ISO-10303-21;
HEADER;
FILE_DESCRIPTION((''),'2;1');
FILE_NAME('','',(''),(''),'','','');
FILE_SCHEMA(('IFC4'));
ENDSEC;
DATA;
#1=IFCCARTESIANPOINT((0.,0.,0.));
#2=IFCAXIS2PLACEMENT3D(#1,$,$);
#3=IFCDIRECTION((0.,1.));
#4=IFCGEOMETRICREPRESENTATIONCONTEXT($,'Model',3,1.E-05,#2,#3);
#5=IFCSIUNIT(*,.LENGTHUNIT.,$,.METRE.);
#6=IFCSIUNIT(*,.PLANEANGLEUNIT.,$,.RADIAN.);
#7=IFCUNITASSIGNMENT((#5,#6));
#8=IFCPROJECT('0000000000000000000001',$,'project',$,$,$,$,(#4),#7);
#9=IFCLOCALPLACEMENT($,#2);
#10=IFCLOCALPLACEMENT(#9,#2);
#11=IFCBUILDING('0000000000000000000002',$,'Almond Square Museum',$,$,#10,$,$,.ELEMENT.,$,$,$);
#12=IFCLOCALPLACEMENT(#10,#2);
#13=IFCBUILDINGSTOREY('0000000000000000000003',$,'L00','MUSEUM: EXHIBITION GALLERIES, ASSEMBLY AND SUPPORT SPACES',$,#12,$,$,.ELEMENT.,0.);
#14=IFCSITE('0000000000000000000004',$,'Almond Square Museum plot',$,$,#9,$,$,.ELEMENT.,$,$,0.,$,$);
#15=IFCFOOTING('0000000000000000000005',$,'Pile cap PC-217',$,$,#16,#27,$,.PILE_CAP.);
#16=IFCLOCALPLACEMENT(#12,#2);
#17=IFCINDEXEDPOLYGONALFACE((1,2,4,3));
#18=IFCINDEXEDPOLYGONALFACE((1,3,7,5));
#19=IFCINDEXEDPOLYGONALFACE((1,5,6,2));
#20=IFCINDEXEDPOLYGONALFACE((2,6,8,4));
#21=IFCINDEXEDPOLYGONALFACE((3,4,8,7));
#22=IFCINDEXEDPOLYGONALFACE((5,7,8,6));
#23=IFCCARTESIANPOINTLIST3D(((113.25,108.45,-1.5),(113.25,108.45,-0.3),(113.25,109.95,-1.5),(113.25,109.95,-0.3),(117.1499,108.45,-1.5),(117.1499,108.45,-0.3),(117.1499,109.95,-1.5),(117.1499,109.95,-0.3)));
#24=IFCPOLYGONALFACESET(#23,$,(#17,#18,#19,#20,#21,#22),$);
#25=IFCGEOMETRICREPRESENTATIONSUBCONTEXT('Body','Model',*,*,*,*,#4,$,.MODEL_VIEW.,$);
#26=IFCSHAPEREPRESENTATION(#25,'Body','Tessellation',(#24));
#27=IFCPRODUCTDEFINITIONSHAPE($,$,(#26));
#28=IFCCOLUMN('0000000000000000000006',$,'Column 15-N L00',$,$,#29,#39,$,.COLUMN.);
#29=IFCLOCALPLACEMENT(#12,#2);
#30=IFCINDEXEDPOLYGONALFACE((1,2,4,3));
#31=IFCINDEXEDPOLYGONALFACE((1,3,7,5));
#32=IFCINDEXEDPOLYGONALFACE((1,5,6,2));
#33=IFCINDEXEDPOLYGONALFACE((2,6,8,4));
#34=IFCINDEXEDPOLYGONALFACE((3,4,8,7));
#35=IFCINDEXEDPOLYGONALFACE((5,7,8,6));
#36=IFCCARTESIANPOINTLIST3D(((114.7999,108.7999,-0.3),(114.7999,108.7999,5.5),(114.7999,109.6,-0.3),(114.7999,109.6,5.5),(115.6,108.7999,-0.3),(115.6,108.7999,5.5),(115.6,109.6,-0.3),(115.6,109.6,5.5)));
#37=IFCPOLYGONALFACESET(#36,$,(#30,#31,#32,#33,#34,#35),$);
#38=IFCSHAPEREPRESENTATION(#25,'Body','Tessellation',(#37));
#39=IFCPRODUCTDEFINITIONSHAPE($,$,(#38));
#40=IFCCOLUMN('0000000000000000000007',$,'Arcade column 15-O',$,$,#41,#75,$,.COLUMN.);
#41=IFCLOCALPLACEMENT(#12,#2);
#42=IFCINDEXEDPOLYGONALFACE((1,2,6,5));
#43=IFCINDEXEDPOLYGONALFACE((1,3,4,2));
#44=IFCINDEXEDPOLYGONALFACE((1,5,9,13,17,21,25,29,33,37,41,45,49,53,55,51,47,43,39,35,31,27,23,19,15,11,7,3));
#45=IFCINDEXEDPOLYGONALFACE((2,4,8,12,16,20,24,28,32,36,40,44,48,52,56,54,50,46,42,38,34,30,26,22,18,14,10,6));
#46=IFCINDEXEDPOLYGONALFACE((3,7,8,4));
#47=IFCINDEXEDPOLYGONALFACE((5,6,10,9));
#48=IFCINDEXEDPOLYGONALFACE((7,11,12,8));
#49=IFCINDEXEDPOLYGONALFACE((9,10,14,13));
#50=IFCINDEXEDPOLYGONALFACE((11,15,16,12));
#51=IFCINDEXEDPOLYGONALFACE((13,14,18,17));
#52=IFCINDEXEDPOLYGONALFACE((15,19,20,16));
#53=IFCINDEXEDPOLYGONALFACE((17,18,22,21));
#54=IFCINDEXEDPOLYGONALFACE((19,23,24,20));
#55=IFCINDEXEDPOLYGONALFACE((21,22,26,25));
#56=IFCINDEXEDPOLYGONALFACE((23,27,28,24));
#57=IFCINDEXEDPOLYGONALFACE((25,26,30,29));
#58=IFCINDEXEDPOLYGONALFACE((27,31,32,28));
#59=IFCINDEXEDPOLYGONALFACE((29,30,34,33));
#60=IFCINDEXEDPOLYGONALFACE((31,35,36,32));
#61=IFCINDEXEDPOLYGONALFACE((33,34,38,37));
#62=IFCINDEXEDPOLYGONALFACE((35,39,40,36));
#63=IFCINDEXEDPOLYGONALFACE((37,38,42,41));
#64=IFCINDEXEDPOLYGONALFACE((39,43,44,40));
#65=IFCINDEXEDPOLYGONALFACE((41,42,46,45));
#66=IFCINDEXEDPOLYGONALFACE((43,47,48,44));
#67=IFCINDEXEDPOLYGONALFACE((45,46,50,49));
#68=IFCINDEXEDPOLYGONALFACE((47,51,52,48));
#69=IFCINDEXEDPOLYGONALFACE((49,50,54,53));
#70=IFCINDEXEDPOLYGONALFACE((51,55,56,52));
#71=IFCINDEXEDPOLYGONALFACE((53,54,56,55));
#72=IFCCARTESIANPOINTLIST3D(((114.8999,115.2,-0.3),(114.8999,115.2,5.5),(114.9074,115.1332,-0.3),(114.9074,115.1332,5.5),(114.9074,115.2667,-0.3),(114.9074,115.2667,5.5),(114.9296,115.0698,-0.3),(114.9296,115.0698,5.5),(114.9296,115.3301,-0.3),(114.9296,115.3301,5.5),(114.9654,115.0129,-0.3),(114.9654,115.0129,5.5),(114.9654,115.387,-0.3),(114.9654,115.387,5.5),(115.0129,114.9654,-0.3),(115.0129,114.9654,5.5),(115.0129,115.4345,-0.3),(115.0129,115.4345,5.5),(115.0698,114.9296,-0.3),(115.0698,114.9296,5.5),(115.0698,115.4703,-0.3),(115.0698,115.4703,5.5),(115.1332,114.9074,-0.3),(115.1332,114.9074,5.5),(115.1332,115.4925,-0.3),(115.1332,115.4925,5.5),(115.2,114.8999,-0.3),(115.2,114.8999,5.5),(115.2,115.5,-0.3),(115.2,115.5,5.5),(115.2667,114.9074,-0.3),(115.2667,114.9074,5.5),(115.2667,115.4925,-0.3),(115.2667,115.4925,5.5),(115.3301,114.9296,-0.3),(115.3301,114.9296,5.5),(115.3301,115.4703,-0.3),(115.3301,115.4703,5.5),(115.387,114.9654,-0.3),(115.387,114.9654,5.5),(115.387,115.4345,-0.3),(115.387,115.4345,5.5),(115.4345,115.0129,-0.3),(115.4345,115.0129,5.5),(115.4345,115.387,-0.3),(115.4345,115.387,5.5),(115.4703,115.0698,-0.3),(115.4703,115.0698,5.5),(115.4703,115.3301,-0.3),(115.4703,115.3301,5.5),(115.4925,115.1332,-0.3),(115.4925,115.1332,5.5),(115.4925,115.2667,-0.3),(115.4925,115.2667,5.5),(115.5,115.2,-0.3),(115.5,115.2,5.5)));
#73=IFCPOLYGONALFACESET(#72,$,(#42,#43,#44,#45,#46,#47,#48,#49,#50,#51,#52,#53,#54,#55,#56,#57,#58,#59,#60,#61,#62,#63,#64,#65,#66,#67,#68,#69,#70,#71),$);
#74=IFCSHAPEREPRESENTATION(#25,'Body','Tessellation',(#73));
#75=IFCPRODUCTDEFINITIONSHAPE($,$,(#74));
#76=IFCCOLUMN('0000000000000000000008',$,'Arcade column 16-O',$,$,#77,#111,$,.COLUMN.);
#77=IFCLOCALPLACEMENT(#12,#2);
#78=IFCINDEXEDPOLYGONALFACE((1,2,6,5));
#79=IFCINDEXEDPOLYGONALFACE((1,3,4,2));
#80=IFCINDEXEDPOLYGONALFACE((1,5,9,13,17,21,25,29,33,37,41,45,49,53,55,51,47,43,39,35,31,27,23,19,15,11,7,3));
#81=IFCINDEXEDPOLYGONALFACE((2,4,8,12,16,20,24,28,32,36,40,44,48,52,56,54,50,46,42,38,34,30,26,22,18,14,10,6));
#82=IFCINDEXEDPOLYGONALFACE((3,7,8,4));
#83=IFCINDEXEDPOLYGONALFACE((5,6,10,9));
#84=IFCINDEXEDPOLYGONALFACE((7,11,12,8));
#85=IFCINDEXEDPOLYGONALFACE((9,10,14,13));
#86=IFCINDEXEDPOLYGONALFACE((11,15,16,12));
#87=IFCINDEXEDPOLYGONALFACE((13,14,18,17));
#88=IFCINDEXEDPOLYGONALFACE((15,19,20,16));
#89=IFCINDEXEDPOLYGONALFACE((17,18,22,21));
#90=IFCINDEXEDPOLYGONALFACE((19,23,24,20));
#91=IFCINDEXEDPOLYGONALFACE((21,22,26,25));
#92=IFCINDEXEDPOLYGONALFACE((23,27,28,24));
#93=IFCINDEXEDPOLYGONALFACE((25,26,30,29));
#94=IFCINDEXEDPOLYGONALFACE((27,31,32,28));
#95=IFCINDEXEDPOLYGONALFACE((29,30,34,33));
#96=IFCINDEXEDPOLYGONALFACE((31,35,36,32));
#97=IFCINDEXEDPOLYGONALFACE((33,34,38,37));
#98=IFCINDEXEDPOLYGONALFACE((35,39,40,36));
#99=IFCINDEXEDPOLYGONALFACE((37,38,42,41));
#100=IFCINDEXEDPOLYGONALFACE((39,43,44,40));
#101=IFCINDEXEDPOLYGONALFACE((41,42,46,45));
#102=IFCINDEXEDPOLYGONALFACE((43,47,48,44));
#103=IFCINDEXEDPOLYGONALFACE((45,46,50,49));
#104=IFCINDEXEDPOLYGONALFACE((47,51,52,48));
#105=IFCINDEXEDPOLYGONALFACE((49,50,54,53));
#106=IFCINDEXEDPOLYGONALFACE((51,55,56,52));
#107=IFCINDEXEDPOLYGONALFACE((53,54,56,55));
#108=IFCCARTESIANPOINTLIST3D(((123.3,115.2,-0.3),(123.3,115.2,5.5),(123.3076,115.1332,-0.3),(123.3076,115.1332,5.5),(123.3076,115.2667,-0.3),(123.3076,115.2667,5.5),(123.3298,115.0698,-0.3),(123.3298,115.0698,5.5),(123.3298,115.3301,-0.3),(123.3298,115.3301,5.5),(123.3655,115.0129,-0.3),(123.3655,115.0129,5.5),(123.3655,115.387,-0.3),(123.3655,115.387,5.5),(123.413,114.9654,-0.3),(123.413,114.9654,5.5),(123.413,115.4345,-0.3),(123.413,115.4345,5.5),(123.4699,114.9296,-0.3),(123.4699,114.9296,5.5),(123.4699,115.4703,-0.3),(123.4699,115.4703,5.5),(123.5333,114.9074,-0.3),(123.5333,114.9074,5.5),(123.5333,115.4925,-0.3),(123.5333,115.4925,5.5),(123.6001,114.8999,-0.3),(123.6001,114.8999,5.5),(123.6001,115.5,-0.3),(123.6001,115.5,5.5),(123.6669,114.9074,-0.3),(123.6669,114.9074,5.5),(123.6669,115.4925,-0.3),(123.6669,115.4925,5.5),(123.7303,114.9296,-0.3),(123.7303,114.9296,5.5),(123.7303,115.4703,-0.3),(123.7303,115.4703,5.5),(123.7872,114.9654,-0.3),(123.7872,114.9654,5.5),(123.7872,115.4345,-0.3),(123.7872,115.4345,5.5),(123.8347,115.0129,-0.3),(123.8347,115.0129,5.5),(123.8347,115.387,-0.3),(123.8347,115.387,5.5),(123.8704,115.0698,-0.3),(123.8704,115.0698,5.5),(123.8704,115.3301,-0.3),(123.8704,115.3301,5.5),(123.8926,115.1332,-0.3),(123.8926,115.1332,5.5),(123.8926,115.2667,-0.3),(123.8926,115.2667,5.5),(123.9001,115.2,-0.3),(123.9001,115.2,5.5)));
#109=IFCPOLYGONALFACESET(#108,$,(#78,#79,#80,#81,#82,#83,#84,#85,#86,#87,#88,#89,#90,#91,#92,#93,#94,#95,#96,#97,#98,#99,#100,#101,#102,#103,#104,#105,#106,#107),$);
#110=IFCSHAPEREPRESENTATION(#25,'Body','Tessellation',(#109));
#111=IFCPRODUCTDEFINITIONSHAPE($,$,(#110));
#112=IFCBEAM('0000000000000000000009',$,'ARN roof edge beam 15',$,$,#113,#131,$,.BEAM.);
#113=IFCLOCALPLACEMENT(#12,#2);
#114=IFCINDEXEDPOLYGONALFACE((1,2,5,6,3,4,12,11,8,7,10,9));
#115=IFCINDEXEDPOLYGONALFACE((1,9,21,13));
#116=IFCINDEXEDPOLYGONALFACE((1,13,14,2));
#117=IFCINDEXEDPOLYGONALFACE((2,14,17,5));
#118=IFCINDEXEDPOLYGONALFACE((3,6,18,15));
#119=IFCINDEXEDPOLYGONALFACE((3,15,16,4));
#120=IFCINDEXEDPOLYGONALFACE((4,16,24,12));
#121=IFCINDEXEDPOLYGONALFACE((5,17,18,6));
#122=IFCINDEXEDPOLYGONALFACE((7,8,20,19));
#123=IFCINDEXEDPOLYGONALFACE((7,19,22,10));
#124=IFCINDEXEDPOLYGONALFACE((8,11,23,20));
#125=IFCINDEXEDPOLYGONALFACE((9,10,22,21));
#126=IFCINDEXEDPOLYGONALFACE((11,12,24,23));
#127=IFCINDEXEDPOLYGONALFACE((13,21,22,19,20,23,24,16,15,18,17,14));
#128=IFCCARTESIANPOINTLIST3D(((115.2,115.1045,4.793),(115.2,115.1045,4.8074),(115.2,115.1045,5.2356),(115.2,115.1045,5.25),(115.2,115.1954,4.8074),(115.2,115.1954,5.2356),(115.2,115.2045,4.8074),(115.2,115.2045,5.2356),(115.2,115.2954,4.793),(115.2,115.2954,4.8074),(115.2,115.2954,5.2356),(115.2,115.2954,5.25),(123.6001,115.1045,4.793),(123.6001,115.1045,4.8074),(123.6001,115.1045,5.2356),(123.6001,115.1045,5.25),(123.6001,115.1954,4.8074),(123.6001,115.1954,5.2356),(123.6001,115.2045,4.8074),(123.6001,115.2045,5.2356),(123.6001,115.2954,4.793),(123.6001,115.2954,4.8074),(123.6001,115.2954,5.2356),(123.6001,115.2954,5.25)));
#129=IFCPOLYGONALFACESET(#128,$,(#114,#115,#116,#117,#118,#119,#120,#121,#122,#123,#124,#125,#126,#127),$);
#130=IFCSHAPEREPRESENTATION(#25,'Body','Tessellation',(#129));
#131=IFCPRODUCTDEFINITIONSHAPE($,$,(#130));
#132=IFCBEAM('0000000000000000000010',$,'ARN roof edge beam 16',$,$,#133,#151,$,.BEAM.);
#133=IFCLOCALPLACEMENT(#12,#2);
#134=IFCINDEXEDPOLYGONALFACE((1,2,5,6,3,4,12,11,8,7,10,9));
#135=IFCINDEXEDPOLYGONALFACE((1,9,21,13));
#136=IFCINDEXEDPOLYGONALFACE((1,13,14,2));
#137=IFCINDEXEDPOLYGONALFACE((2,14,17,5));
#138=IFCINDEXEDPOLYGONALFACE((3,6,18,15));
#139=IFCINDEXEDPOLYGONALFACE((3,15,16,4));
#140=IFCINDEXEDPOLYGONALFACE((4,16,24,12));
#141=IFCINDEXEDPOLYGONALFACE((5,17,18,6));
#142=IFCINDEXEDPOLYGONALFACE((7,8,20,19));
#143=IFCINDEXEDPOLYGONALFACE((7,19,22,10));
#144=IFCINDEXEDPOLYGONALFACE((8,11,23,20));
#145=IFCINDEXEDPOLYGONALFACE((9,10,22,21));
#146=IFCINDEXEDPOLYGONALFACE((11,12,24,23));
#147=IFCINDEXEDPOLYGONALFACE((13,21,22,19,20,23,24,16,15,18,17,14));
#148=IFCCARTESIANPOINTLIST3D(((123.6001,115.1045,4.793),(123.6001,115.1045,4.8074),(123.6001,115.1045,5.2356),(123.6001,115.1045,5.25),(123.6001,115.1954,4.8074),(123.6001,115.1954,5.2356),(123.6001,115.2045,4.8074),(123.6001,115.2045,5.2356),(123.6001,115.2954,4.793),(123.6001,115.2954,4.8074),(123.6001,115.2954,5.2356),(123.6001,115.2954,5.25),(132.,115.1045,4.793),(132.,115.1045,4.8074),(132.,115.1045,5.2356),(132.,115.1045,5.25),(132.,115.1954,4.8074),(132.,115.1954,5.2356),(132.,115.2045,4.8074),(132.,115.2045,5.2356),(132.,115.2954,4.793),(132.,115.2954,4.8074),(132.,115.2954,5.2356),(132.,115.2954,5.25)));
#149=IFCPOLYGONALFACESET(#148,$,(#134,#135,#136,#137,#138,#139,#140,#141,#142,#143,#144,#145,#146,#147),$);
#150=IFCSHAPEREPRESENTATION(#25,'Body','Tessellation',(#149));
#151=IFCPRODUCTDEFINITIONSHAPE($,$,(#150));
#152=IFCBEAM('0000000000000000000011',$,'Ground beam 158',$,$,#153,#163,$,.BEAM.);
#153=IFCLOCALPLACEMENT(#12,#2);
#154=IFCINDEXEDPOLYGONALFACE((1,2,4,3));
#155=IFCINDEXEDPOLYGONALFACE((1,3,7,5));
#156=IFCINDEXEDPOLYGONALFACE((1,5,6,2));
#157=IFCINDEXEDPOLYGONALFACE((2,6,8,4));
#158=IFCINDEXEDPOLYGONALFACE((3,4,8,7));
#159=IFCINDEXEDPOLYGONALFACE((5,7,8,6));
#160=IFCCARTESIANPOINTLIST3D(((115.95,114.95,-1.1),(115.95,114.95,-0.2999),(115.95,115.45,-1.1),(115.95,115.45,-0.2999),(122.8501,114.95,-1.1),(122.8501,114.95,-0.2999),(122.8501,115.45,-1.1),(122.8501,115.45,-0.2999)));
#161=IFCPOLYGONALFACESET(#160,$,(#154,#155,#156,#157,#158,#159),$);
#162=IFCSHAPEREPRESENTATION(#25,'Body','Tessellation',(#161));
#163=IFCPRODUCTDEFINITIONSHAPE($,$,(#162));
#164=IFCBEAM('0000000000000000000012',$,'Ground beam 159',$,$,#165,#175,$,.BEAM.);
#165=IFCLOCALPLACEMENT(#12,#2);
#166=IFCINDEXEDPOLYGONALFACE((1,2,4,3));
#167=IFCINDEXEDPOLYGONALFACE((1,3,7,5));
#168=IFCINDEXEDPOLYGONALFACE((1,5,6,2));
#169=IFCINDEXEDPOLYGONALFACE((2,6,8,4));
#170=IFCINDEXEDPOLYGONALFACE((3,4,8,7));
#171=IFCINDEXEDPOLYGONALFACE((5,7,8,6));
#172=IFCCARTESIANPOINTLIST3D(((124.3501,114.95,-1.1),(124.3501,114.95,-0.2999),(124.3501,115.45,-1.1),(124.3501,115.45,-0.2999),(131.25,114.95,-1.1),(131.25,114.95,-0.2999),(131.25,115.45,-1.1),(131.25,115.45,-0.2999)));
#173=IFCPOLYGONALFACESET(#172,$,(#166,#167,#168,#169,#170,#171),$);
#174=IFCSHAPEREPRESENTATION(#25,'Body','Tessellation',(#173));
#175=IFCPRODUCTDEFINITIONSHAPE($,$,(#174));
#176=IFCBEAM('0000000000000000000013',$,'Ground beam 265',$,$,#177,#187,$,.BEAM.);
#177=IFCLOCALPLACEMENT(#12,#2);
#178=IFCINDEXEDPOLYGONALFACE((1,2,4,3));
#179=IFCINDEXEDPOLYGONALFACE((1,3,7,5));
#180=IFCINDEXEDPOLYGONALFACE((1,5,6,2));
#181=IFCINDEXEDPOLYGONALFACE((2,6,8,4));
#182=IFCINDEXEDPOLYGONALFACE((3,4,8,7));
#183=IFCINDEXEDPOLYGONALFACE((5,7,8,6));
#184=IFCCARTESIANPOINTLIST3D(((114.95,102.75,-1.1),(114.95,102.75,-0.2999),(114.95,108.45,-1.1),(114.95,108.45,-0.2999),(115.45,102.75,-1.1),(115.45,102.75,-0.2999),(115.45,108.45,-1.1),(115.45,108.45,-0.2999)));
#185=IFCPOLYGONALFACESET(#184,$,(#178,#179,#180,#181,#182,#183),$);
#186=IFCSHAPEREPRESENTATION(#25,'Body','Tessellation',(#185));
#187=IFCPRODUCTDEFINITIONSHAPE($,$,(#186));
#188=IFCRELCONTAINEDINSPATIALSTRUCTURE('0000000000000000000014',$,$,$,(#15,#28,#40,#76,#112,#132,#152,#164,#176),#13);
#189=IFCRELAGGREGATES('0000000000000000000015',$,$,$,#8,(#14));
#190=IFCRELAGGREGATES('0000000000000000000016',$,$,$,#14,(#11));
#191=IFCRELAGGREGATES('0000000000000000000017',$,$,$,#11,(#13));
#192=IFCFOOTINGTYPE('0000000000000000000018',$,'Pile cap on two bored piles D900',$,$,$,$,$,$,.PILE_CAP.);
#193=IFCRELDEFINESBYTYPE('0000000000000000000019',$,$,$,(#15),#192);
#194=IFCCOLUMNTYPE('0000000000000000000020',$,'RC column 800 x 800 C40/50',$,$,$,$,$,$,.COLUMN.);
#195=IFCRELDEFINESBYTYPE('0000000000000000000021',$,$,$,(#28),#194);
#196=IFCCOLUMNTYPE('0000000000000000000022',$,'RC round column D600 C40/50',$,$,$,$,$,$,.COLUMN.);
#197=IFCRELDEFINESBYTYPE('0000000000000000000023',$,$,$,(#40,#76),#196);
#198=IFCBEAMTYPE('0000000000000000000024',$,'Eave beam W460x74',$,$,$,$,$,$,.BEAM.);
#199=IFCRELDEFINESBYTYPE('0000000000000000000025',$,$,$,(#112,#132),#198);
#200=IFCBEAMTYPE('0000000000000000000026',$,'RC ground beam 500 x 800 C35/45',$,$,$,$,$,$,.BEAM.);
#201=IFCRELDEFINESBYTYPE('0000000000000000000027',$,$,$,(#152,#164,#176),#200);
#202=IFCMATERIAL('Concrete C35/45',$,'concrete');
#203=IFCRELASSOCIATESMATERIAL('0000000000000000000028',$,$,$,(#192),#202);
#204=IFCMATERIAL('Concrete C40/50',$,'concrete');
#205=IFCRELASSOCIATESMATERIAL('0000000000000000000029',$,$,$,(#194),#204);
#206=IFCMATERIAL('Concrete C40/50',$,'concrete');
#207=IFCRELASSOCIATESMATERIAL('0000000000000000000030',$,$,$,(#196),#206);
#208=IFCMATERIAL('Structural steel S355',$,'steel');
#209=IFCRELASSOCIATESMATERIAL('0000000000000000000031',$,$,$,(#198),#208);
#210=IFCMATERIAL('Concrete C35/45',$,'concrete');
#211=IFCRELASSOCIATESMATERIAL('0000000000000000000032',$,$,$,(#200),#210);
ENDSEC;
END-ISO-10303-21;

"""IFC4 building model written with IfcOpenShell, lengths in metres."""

from ifc_helpers import new_model, si_unit, direction, frame, origin, origin_2d, place, context, subcontext, project, spatial, rectangle, circle, i_section, extrude, material, material_profile, profile_set, type_object, element, save


model = new_model("IFC4")

# Units and contexts
model_context = context("Model", 3, precision=1e-05, world=origin(), true_north=direction((0.0, 1.0)))
body_context = subcontext(model_context, "Body", "Model", "MODEL_VIEW")
ifc_project = project(units=[si_unit("LENGTHUNIT", "METRE"), si_unit("PLANEANGLEUNIT", "RADIAN")], contexts=[model_context])

# Site, building, storey
site_placement = place(None, origin())
site = spatial("IfcSite", under=ifc_project, at=site_placement, Name="Almond Square Museum plot", CompositionType="ELEMENT", RefElevation=0.0)
building_placement = place(site_placement, origin())
building = spatial("IfcBuilding", under=site, at=building_placement, Name="Almond Square Museum", CompositionType="ELEMENT")
storey_placement = place(building_placement, origin())
storey = spatial("IfcBuildingStorey", under=building, at=storey_placement, Name="L00", Description="MUSEUM: EXHIBITION GALLERIES, ASSEMBLY AND SUPPORT SPACES", CompositionType="ELEMENT", Elevation=0.0)

# Footing
ifc_material_1 = material(Name="Concrete C35/45", Category="concrete")
footing_type_1 = type_object("IfcFootingType", Name="Pile cap on two bored piles D900", PredefinedType="PILE_CAP", material=ifc_material_1)
footing_placement = place(storey_placement, frame((115.2, 109.2, -1.5), z_axis=(0.0, 0.0, 1.0), x_axis=(1.0, 0.0, 0.0)))
element("IfcFooting", 1, at=footing_placement, inside=storey, type_object=footing_type_1, Name="Pile cap PC-217", PredefinedType="PILE_CAP", context=body_context, shape_type="SweptSolid", body=[
    extrude(rectangle(XDim=3.8999, YDim=1.5, at=origin_2d()), origin(), (0.0, 0.0, 1.0), 1.2),
])

# Columns
ifc_material_2 = material(Name="Concrete C40/50", Category="concrete")
ifc_material_profile_1 = material_profile(ifc_material_2, rectangle(XDim=0.8, YDim=0.8, at=origin_2d()))
ifc_profile_set_1 = profile_set([ifc_material_profile_1], Name="Concrete C40/50")
column_type_1 = type_object("IfcColumnType", Name="RC column 800 x 800 C40/50", PredefinedType="COLUMN", material=ifc_profile_set_1)
column_placement = place(storey_placement, frame((115.2, 109.2, -0.3), z_axis=(0.0, 0.0, 1.0), x_axis=(1.0, 0.0, 0.0)))
element("IfcColumn", 2, at=column_placement, inside=storey, type_object=column_type_1, Name="Column 15-N L00", PredefinedType="COLUMN", context=body_context, shape_type="SweptSolid", body=[
    extrude(rectangle(XDim=0.8, YDim=0.8, at=origin_2d()), origin(), (0.0, 0.0, 1.0), 5.8),
])
ifc_material_3 = material(Name="Concrete C40/50", Category="concrete")
ifc_material_profile_2 = material_profile(ifc_material_3, circle(Radius=0.3, at=origin_2d()))
ifc_profile_set_2 = profile_set([ifc_material_profile_2], Name="Concrete C40/50")
column_type_2 = type_object("IfcColumnType", Name="RC round column D600 C40/50", PredefinedType="COLUMN", material=ifc_profile_set_2)
for number, where, z_axis, x_axis, name in (
    (3, (115.2, 115.2, -0.3), (0.0, 0.0, 1.0), (1.0, 0.0, 0.0), "Arcade column 15-O"),
    (4, (123.6001, 115.2, -0.3), (0.0, 0.0, 1.0), (1.0, 0.0, 0.0), "Arcade column 16-O"),
):
    element("IfcColumn", number, at=place(storey_placement, frame(where, z_axis=z_axis, x_axis=x_axis)), inside=storey, type_object=column_type_2, Name=name, PredefinedType="COLUMN", context=body_context, shape_type="SweptSolid", body=[
        extrude(circle(Radius=0.3, at=origin_2d()), origin(), (0.0, 0.0, 1.0), 5.8),
    ])

# Beams
ifc_material_4 = material(Name="Structural steel S355", Category="steel")
ifc_material_profile_3 = material_profile(ifc_material_4, i_section(OverallWidth=0.1909, OverallDepth=0.457, WebThickness=0.009, FlangeThickness=0.0144, at=origin_2d()))
ifc_profile_set_3 = profile_set([ifc_material_profile_3], Name="Structural steel S355")
beam_type_1 = type_object("IfcBeamType", Name="Eave beam W460x74", PredefinedType="BEAM", material=ifc_profile_set_3)
beam_1_placement = place(storey_placement, frame((115.2, 115.2, 5.0215), z_axis=(1.0, 0.0, 0.0), x_axis=(0.0, 1.0, 0.0)))
element("IfcBeam", 5, at=beam_1_placement, inside=storey, type_object=beam_type_1, Name="ARN roof edge beam 15", PredefinedType="BEAM", context=body_context, shape_type="SweptSolid", body=[
    extrude(i_section(OverallWidth=0.1909, OverallDepth=0.457, WebThickness=0.009, FlangeThickness=0.0144, at=origin_2d()), origin(), (0.0, 0.0, 1.0), 8.4001),
])
beam_2_placement = place(storey_placement, frame((123.6001, 115.2, 5.0215), z_axis=(1.0, 0.0, 0.0), x_axis=(0.0, 1.0, 0.0)))
element("IfcBeam", 6, at=beam_2_placement, inside=storey, type_object=beam_type_1, Name="ARN roof edge beam 16", PredefinedType="BEAM", context=body_context, shape_type="SweptSolid", body=[
    extrude(i_section(OverallWidth=0.1909, OverallDepth=0.457, WebThickness=0.009, FlangeThickness=0.0144, at=origin_2d()), origin(), (0.0, 0.0, 1.0), 8.3999),
])
ifc_material_5 = material(Name="Concrete C35/45", Category="concrete")
ifc_material_profile_4 = material_profile(ifc_material_5, rectangle(XDim=0.5, YDim=0.8, at=origin_2d()))
ifc_profile_set_4 = profile_set([ifc_material_profile_4], Name="Concrete C35/45")
beam_type_2 = type_object("IfcBeamType", Name="RC ground beam 500 x 800 C35/45", PredefinedType="BEAM", material=ifc_profile_set_4)
beam_3_placement = place(storey_placement, frame((115.95, 115.2, -0.7), z_axis=(1.0, 0.0, 0.0), x_axis=(0.0, 1.0, 0.0)))
element("IfcBeam", 7, at=beam_3_placement, inside=storey, type_object=beam_type_2, Name="Ground beam 158", PredefinedType="BEAM", context=body_context, shape_type="SweptSolid", body=[
    extrude(rectangle(XDim=0.5, YDim=0.8, at=origin_2d()), origin(), (0.0, 0.0, 1.0), 6.9001),
])
beam_4_placement = place(storey_placement, frame((124.3501, 115.2, -0.7), z_axis=(1.0, 0.0, 0.0), x_axis=(0.0, 1.0, 0.0)))
element("IfcBeam", 8, at=beam_4_placement, inside=storey, type_object=beam_type_2, Name="Ground beam 159", PredefinedType="BEAM", context=body_context, shape_type="SweptSolid", body=[
    extrude(rectangle(XDim=0.5, YDim=0.8, at=origin_2d()), origin(), (0.0, 0.0, 1.0), 6.8999),
])
beam_5_placement = place(storey_placement, frame((115.2, 102.75, -0.7), z_axis=(0.0, 1.0, 0.0), x_axis=(-1.0, 0.0, 0.0)))
element("IfcBeam", 9, at=beam_5_placement, inside=storey, type_object=beam_type_2, Name="Ground beam 265", PredefinedType="BEAM", context=body_context, shape_type="SweptSolid", body=[
    extrude(rectangle(XDim=0.5, YDim=0.8, at=origin_2d()), origin(), (0.0, 0.0, 1.0), 5.7),
])

save(model, "model.ifc")
